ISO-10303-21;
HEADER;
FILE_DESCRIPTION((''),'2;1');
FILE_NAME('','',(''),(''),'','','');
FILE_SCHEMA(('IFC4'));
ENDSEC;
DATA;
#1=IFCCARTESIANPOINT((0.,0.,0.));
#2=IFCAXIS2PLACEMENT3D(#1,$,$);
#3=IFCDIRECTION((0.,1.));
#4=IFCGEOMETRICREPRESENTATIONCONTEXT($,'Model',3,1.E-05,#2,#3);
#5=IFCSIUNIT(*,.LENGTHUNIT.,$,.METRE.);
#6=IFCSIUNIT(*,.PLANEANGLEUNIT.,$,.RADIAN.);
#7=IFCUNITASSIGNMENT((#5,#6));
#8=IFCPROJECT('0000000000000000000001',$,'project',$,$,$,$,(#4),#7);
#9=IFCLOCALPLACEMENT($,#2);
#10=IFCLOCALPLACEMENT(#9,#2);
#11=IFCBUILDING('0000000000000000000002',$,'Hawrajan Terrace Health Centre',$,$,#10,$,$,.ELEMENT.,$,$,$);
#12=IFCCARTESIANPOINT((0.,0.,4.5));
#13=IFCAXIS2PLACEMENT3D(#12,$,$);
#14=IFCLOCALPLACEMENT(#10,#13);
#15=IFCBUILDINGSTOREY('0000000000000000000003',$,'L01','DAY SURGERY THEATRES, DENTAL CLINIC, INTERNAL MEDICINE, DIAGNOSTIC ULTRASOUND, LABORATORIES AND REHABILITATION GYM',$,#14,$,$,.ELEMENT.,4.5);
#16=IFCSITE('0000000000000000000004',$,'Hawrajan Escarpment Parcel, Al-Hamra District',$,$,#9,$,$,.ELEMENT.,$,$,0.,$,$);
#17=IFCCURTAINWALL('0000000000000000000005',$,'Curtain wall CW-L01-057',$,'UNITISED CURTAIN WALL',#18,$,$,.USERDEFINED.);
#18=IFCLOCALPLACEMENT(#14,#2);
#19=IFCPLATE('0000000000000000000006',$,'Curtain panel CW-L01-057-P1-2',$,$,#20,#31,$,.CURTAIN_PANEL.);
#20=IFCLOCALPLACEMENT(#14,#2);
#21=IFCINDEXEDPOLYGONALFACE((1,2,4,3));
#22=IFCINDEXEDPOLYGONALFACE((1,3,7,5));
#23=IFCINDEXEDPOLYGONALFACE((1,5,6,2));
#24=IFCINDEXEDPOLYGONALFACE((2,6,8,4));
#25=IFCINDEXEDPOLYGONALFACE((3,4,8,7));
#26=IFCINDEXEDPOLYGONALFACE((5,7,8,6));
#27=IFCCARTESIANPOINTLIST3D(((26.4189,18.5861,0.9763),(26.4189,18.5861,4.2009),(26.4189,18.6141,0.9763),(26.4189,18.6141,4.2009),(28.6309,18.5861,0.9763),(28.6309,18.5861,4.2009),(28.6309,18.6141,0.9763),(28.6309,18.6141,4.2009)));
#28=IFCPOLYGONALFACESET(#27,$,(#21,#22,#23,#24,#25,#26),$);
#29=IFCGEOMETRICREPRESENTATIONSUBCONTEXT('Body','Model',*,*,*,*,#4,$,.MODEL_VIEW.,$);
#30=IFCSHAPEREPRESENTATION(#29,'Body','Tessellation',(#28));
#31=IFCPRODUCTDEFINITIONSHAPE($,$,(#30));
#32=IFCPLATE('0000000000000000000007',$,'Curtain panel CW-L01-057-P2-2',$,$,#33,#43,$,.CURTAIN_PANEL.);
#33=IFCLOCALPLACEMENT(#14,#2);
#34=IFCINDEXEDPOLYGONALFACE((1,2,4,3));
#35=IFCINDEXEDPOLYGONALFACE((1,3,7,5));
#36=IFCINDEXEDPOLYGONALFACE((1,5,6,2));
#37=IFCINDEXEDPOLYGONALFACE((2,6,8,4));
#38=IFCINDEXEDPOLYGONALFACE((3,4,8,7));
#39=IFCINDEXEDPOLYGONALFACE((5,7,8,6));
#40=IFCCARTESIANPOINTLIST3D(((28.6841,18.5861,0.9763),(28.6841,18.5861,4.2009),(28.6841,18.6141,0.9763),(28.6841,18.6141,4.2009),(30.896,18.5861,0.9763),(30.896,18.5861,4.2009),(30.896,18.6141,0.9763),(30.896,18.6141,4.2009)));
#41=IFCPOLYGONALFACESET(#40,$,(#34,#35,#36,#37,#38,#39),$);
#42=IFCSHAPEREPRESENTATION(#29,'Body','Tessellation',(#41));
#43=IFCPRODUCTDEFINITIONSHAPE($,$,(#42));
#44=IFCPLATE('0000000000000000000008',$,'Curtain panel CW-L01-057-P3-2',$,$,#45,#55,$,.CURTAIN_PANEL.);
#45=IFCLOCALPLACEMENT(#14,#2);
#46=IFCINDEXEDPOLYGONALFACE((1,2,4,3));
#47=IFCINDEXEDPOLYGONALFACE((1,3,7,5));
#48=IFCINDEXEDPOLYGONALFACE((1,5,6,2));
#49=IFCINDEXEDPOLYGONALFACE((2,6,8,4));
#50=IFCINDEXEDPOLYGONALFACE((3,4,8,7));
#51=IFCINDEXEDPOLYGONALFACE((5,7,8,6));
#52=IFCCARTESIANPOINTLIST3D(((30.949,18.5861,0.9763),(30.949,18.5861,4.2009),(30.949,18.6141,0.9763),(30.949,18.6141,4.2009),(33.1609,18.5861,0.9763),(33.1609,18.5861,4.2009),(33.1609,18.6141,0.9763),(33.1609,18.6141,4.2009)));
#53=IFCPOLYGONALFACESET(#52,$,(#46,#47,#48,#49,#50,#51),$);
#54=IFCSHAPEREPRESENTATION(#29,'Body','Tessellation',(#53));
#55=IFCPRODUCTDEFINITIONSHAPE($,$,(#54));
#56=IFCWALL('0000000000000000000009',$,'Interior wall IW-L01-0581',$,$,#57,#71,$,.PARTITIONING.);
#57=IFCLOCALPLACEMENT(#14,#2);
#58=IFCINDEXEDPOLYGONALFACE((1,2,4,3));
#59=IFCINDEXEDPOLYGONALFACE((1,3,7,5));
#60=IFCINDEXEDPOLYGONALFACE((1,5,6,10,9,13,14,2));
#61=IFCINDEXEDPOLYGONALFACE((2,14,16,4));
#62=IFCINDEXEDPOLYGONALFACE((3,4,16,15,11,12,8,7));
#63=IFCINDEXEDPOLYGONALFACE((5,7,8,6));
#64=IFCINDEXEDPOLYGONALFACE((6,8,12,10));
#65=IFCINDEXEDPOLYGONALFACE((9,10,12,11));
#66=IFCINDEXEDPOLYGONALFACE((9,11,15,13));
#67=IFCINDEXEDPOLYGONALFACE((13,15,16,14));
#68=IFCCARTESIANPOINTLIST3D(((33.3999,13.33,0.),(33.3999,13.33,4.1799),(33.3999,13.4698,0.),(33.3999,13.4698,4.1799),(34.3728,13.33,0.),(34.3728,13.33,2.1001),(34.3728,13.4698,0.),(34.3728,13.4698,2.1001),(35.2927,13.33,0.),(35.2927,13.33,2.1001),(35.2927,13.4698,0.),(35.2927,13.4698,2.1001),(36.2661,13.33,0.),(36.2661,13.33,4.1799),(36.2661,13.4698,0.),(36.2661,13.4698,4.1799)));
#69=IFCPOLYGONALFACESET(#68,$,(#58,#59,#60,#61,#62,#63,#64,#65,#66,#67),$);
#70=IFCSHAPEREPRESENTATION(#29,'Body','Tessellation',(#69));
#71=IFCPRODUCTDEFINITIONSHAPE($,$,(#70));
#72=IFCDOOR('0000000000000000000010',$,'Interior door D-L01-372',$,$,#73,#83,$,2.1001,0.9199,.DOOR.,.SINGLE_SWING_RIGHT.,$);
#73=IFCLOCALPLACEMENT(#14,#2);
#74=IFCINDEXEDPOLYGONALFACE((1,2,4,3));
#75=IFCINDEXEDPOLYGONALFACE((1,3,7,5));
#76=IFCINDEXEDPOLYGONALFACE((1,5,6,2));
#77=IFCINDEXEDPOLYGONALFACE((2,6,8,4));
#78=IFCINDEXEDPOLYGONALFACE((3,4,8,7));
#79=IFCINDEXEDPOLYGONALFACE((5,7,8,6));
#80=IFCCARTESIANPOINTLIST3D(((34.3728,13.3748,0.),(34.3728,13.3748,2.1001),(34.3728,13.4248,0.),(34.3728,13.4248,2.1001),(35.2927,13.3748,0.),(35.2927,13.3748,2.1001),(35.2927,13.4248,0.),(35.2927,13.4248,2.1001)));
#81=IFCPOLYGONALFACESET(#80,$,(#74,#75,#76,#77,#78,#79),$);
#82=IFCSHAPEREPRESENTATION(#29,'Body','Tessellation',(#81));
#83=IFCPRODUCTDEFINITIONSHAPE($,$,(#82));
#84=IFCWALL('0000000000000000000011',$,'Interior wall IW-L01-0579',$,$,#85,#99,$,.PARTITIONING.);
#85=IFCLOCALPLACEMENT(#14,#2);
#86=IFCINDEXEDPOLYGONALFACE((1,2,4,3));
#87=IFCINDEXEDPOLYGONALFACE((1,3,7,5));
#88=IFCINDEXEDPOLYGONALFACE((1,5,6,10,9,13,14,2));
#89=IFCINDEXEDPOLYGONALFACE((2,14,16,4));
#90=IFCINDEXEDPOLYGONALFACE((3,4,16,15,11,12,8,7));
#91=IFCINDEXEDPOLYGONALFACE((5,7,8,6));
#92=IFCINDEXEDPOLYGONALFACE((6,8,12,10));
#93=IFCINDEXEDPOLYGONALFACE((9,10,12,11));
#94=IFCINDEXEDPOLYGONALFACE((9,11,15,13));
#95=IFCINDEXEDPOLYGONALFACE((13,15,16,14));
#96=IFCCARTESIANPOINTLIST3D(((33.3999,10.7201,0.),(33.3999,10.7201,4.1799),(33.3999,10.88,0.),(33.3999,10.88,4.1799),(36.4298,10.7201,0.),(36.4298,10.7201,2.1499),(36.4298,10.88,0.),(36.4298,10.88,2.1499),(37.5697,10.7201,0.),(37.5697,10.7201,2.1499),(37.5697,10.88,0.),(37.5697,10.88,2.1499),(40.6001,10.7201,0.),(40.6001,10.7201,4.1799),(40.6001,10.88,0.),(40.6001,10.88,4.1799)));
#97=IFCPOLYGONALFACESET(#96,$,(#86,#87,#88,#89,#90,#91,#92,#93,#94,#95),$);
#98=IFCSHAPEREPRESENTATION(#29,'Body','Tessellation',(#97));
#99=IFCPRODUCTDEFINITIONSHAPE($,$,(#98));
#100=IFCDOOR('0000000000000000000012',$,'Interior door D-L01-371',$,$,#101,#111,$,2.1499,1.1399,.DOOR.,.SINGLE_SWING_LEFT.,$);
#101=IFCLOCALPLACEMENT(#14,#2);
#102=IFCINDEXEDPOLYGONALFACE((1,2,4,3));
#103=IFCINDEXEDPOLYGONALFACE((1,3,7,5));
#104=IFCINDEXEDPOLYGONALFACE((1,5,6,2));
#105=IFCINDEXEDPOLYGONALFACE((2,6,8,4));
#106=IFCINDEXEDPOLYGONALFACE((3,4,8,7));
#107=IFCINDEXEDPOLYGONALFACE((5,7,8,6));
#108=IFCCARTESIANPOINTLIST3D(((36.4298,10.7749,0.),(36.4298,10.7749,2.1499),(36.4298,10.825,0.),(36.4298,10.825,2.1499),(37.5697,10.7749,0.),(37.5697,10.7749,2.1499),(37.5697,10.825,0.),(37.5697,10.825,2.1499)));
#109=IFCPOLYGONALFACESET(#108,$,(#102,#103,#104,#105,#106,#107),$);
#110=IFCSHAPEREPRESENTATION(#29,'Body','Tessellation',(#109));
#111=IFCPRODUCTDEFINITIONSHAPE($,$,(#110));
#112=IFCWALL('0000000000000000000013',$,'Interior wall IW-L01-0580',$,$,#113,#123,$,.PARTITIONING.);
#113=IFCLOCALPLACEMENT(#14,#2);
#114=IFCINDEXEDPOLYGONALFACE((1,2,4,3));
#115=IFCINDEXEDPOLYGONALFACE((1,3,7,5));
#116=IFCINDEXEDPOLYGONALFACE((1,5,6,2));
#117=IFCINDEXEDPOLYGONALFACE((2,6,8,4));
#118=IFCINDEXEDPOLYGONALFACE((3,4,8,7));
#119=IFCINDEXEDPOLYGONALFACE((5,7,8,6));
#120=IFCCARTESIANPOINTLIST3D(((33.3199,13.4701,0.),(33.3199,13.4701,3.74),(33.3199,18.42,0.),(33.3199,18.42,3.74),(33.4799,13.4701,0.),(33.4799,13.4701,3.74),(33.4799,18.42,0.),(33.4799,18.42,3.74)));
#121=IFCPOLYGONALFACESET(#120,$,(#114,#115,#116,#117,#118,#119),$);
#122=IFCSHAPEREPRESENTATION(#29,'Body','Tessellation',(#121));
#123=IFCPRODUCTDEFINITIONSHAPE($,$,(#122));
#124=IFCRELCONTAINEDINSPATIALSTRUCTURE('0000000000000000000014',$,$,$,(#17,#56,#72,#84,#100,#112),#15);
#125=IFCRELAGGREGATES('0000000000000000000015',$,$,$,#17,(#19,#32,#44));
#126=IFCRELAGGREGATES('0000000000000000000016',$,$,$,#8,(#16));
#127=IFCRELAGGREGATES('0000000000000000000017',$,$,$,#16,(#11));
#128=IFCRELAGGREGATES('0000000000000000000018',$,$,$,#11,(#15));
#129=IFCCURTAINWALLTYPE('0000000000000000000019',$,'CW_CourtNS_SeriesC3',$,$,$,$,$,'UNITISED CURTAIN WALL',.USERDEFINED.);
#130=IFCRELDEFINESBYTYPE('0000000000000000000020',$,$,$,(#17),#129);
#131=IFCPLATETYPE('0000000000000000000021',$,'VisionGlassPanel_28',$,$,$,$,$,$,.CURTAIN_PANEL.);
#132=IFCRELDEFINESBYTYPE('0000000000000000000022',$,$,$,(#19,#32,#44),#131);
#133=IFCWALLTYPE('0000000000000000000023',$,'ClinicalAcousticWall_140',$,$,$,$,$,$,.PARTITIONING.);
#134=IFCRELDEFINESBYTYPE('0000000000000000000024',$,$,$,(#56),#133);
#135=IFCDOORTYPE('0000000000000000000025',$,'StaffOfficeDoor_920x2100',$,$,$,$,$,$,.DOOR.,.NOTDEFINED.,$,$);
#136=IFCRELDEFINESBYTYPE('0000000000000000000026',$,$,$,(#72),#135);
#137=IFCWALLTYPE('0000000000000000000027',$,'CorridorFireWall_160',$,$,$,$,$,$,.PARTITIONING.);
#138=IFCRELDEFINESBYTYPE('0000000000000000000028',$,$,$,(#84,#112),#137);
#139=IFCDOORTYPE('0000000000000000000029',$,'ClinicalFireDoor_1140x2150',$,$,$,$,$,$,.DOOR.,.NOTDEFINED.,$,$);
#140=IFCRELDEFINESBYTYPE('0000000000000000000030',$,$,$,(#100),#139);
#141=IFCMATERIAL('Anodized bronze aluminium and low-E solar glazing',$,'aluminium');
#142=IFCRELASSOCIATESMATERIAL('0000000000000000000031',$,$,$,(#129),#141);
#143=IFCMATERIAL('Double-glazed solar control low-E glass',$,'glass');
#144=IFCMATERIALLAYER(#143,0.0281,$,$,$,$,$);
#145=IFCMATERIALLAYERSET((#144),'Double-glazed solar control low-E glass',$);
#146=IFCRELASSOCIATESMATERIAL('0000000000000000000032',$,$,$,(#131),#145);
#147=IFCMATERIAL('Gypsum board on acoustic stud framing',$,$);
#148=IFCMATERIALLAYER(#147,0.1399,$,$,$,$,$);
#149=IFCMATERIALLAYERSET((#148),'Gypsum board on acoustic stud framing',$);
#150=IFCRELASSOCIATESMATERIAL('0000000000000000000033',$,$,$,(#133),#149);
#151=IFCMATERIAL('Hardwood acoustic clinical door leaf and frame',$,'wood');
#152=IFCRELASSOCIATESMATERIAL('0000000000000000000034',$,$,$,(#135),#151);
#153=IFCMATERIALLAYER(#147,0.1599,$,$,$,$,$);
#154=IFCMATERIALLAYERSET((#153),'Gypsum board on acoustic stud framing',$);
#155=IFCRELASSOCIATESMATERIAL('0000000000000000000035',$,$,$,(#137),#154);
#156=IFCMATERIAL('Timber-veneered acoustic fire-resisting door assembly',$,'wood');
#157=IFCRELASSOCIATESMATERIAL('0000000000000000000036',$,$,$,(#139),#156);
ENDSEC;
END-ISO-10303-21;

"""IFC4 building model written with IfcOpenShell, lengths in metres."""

from ifc_helpers import new_model, si_unit, direction, frame, frame_2d, origin, origin_2d, place, context, subcontext, project, spatial, rectangle, extrude, material, layer, layer_set, type_object, element, fill, aggregate, save


model = new_model("IFC4")

# Units and contexts
model_context = context("Model", 3, precision=1e-05, world=origin(), true_north=direction((0.0, 1.0)))
body_context = subcontext(model_context, "Body", "Model", "MODEL_VIEW")
ifc_project = project(units=[si_unit("LENGTHUNIT", "METRE"), si_unit("PLANEANGLEUNIT", "RADIAN")], contexts=[model_context])

# Site, building, storey
site_placement = place(None, origin())
site = spatial("IfcSite", under=ifc_project, at=site_placement, Name="Hawrajan Escarpment Parcel, Al-Hamra District", CompositionType="ELEMENT", RefElevation=0.0)
building_placement = place(site_placement, origin())
building = spatial("IfcBuilding", under=site, at=building_placement, Name="Hawrajan Terrace Health Centre", CompositionType="ELEMENT")
storey_placement = place(building_placement, frame((0.0, 0.0, 4.5)))
storey = spatial("IfcBuildingStorey", under=building, at=storey_placement, Name="L01", Description="DAY SURGERY THEATRES, DENTAL CLINIC, INTERNAL MEDICINE, DIAGNOSTIC ULTRASOUND, LABORATORIES AND REHABILITATION GYM", CompositionType="ELEMENT", Elevation=4.5)

# Curtain wall
ifc_material_1 = material(Name="Anodized bronze aluminium and low-E solar glazing", Category="aluminium")
curtain_wall_type = type_object("IfcCurtainWallType", Name="CW_CourtNS_SeriesC3", ElementType="UNITISED CURTAIN WALL", PredefinedType="USERDEFINED", material=ifc_material_1)
curtain_wall_placement = place(storey_placement, origin())
curtain_wall = element("IfcCurtainWall", 1, at=curtain_wall_placement, inside=storey, type_object=curtain_wall_type, Name="Curtain wall CW-L01-057", ObjectType="UNITISED CURTAIN WALL", PredefinedType="USERDEFINED")

# Plates
ifc_material_2 = material(Name="Double-glazed solar control low-E glass", Category="glass")
ifc_layer_1 = layer(ifc_material_2, 0.0281)
ifc_layer_set_1 = layer_set([ifc_layer_1], Name="Double-glazed solar control low-E glass")
plate_type_1 = type_object("IfcPlateType", Name="VisionGlassPanel_28", PredefinedType="CURTAIN_PANEL", material=ifc_layer_set_1)
plate_1_placement = place(storey_placement, frame((27.5249, 18.6001, 0.9763), z_axis=(0.0, 0.0, 1.0), x_axis=(1.0, 0.0, 0.0)))
plate_1 = element("IfcPlate", 2, at=plate_1_placement, type_object=plate_type_1, Name="Curtain panel CW-L01-057-P1-2", PredefinedType="CURTAIN_PANEL", context=body_context, shape_type="SweptSolid", body=[
    extrude(rectangle(XDim=2.2119, YDim=0.0281, at=origin_2d()), origin(), (0.0, 0.0, 1.0), 3.2246),
])
plate_2_placement = place(storey_placement, frame((29.79, 18.6001, 0.9763), z_axis=(0.0, 0.0, 1.0), x_axis=(1.0, 0.0, 0.0)))
plate_2 = element("IfcPlate", 3, at=plate_2_placement, type_object=plate_type_1, Name="Curtain panel CW-L01-057-P2-2", PredefinedType="CURTAIN_PANEL", context=body_context, shape_type="SweptSolid", body=[
    extrude(rectangle(XDim=2.2119, YDim=0.0281, at=origin_2d()), origin(), (0.0, 0.0, 1.0), 3.2246),
])
plate_3_placement = place(storey_placement, frame((32.0549, 18.6001, 0.9763), z_axis=(0.0, 0.0, 1.0), x_axis=(1.0, 0.0, 0.0)))
plate_3 = element("IfcPlate", 4, at=plate_3_placement, type_object=plate_type_1, Name="Curtain panel CW-L01-057-P3-2", PredefinedType="CURTAIN_PANEL", context=body_context, shape_type="SweptSolid", body=[
    extrude(rectangle(XDim=2.2119, YDim=0.0281, at=origin_2d()), origin(), (0.0, 0.0, 1.0), 3.2246),
])
aggregate(curtain_wall, [plate_1, plate_2, plate_3])

# Walls, openings, doors
ifc_material_3 = material(Name="Gypsum board on acoustic stud framing")
ifc_layer_2 = layer(ifc_material_3, 0.1399)
ifc_layer_set_2 = layer_set([ifc_layer_2], Name="Gypsum board on acoustic stud framing")
wall_type_1 = type_object("IfcWallType", Name="ClinicalAcousticWall_140", PredefinedType="PARTITIONING", material=ifc_layer_set_2)
wall_1_placement = place(storey_placement, frame((33.3999, 13.3999, 0.0), z_axis=(0.0, 0.0, 1.0), x_axis=(1.0, 0.0, 0.0)))
wall_1 = element("IfcWall", 5, at=wall_1_placement, inside=storey, type_object=wall_type_1, Name="Interior wall IW-L01-0581", PredefinedType="PARTITIONING", context=body_context, shape_type="SweptSolid", body=[
    extrude(rectangle(XDim=2.8662, YDim=0.1399, at=frame_2d((1.4331, 0.0))), origin(), (0.0, 0.0, 1.0), 4.1799),
])
opening_1_placement = place(wall_1_placement, frame((0.9729, 0.0, 0.0)))
opening_1 = element("IfcOpeningElement", 6, at=opening_1_placement, cuts=wall_1, PredefinedType="OPENING", context=body_context, shape_type="SweptSolid", body=[
    extrude(rectangle(XDim=0.9199, YDim=2.1001, at=frame_2d((0.46, 1.05))), frame((0.0, 0.0798, 0.0), z_axis=(0.0, -1.0, 0.0), x_axis=(1.0, 0.0, 0.0)), (0.0, 0.0, 1.0), 0.1599),
])
ifc_material_4 = material(Name="Hardwood acoustic clinical door leaf and frame", Category="wood")
door_type_1 = type_object("IfcDoorType", Name="StaffOfficeDoor_920x2100", OperationType="NOTDEFINED", PredefinedType="DOOR", material=ifc_material_4)
door_1_placement = place(opening_1_placement, origin())
door_1 = element("IfcDoor", 7, at=door_1_placement, inside=storey, type_object=door_type_1, Name="Interior door D-L01-372", OperationType="SINGLE_SWING_RIGHT", OverallHeight=2.1001, OverallWidth=0.9199, PredefinedType="DOOR", context=body_context, shape_type="SweptSolid", body=[
    extrude(rectangle(XDim=0.9199, YDim=2.1001, at=frame_2d((0.46, 1.05))), frame((0.0, 0.0249, 0.0), z_axis=(0.0, -1.0, 0.0), x_axis=(1.0, 0.0, 0.0)), (0.0, 0.0, 1.0), 0.05),
])
fill(opening_1, door_1)
ifc_layer_3 = layer(ifc_material_3, 0.1599)
ifc_layer_set_3 = layer_set([ifc_layer_3], Name="Gypsum board on acoustic stud framing")
wall_type_2 = type_object("IfcWallType", Name="CorridorFireWall_160", PredefinedType="PARTITIONING", material=ifc_layer_set_3)
ifc_material_5 = material(Name="Timber-veneered acoustic fire-resisting door assembly", Category="wood")
door_type_2 = type_object("IfcDoorType", Name="ClinicalFireDoor_1140x2150", OperationType="NOTDEFINED", PredefinedType="DOOR", material=ifc_material_5)
wall_2_placement = place(storey_placement, frame((33.3999, 10.8, 0.0), z_axis=(0.0, 0.0, 1.0), x_axis=(1.0, 0.0, 0.0)))
wall_2 = element("IfcWall", 8, at=wall_2_placement, inside=storey, type_object=wall_type_2, Name="Interior wall IW-L01-0579", PredefinedType="PARTITIONING", context=body_context, shape_type="SweptSolid", body=[
    extrude(rectangle(XDim=7.2002, YDim=0.1599, at=frame_2d((3.6001, 0.0))), origin(), (0.0, 0.0, 1.0), 4.1799),
])
opening_2_placement = place(wall_2_placement, frame((3.03, 0.0, 0.0)))
opening_2 = element("IfcOpeningElement", 9, at=opening_2_placement, cuts=wall_2, PredefinedType="OPENING", context=body_context, shape_type="SweptSolid", body=[
    extrude(rectangle(XDim=1.1399, YDim=2.1499, at=frame_2d((0.5698, 1.075))), frame((0.0, 0.0898, 0.0), z_axis=(0.0, -1.0, 0.0), x_axis=(1.0, 0.0, 0.0)), (0.0, 0.0, 1.0), 0.1799),
])
door_2_placement = place(opening_2_placement, origin())
door_2 = element("IfcDoor", 10, at=door_2_placement, inside=storey, type_object=door_type_2, Name="Interior door D-L01-371", OperationType="SINGLE_SWING_LEFT", OverallHeight=2.1499, OverallWidth=1.1399, PredefinedType="DOOR", context=body_context, shape_type="SweptSolid", body=[
    extrude(rectangle(XDim=1.1399, YDim=2.1499, at=frame_2d((0.5698, 1.075))), frame((0.0, 0.0249, 0.0), z_axis=(0.0, -1.0, 0.0), x_axis=(1.0, 0.0, 0.0)), (0.0, 0.0, 1.0), 0.05),
])
fill(opening_2, door_2)

# Wall
wall_3_placement = place(storey_placement, frame((33.3999, 13.47, 0.0), z_axis=(0.0, 0.0, 1.0), x_axis=(0.0, 1.0, 0.0)))
element("IfcWall", 11, at=wall_3_placement, inside=storey, type_object=wall_type_2, Name="Interior wall IW-L01-0580", PredefinedType="PARTITIONING", context=body_context, shape_type="SweptSolid", body=[
    extrude(rectangle(XDim=4.95, YDim=0.1599, at=frame_2d((2.4751, 0.0))), origin(), (0.0, 0.0, 1.0), 3.74),
])

save(model, "model.ifc")
